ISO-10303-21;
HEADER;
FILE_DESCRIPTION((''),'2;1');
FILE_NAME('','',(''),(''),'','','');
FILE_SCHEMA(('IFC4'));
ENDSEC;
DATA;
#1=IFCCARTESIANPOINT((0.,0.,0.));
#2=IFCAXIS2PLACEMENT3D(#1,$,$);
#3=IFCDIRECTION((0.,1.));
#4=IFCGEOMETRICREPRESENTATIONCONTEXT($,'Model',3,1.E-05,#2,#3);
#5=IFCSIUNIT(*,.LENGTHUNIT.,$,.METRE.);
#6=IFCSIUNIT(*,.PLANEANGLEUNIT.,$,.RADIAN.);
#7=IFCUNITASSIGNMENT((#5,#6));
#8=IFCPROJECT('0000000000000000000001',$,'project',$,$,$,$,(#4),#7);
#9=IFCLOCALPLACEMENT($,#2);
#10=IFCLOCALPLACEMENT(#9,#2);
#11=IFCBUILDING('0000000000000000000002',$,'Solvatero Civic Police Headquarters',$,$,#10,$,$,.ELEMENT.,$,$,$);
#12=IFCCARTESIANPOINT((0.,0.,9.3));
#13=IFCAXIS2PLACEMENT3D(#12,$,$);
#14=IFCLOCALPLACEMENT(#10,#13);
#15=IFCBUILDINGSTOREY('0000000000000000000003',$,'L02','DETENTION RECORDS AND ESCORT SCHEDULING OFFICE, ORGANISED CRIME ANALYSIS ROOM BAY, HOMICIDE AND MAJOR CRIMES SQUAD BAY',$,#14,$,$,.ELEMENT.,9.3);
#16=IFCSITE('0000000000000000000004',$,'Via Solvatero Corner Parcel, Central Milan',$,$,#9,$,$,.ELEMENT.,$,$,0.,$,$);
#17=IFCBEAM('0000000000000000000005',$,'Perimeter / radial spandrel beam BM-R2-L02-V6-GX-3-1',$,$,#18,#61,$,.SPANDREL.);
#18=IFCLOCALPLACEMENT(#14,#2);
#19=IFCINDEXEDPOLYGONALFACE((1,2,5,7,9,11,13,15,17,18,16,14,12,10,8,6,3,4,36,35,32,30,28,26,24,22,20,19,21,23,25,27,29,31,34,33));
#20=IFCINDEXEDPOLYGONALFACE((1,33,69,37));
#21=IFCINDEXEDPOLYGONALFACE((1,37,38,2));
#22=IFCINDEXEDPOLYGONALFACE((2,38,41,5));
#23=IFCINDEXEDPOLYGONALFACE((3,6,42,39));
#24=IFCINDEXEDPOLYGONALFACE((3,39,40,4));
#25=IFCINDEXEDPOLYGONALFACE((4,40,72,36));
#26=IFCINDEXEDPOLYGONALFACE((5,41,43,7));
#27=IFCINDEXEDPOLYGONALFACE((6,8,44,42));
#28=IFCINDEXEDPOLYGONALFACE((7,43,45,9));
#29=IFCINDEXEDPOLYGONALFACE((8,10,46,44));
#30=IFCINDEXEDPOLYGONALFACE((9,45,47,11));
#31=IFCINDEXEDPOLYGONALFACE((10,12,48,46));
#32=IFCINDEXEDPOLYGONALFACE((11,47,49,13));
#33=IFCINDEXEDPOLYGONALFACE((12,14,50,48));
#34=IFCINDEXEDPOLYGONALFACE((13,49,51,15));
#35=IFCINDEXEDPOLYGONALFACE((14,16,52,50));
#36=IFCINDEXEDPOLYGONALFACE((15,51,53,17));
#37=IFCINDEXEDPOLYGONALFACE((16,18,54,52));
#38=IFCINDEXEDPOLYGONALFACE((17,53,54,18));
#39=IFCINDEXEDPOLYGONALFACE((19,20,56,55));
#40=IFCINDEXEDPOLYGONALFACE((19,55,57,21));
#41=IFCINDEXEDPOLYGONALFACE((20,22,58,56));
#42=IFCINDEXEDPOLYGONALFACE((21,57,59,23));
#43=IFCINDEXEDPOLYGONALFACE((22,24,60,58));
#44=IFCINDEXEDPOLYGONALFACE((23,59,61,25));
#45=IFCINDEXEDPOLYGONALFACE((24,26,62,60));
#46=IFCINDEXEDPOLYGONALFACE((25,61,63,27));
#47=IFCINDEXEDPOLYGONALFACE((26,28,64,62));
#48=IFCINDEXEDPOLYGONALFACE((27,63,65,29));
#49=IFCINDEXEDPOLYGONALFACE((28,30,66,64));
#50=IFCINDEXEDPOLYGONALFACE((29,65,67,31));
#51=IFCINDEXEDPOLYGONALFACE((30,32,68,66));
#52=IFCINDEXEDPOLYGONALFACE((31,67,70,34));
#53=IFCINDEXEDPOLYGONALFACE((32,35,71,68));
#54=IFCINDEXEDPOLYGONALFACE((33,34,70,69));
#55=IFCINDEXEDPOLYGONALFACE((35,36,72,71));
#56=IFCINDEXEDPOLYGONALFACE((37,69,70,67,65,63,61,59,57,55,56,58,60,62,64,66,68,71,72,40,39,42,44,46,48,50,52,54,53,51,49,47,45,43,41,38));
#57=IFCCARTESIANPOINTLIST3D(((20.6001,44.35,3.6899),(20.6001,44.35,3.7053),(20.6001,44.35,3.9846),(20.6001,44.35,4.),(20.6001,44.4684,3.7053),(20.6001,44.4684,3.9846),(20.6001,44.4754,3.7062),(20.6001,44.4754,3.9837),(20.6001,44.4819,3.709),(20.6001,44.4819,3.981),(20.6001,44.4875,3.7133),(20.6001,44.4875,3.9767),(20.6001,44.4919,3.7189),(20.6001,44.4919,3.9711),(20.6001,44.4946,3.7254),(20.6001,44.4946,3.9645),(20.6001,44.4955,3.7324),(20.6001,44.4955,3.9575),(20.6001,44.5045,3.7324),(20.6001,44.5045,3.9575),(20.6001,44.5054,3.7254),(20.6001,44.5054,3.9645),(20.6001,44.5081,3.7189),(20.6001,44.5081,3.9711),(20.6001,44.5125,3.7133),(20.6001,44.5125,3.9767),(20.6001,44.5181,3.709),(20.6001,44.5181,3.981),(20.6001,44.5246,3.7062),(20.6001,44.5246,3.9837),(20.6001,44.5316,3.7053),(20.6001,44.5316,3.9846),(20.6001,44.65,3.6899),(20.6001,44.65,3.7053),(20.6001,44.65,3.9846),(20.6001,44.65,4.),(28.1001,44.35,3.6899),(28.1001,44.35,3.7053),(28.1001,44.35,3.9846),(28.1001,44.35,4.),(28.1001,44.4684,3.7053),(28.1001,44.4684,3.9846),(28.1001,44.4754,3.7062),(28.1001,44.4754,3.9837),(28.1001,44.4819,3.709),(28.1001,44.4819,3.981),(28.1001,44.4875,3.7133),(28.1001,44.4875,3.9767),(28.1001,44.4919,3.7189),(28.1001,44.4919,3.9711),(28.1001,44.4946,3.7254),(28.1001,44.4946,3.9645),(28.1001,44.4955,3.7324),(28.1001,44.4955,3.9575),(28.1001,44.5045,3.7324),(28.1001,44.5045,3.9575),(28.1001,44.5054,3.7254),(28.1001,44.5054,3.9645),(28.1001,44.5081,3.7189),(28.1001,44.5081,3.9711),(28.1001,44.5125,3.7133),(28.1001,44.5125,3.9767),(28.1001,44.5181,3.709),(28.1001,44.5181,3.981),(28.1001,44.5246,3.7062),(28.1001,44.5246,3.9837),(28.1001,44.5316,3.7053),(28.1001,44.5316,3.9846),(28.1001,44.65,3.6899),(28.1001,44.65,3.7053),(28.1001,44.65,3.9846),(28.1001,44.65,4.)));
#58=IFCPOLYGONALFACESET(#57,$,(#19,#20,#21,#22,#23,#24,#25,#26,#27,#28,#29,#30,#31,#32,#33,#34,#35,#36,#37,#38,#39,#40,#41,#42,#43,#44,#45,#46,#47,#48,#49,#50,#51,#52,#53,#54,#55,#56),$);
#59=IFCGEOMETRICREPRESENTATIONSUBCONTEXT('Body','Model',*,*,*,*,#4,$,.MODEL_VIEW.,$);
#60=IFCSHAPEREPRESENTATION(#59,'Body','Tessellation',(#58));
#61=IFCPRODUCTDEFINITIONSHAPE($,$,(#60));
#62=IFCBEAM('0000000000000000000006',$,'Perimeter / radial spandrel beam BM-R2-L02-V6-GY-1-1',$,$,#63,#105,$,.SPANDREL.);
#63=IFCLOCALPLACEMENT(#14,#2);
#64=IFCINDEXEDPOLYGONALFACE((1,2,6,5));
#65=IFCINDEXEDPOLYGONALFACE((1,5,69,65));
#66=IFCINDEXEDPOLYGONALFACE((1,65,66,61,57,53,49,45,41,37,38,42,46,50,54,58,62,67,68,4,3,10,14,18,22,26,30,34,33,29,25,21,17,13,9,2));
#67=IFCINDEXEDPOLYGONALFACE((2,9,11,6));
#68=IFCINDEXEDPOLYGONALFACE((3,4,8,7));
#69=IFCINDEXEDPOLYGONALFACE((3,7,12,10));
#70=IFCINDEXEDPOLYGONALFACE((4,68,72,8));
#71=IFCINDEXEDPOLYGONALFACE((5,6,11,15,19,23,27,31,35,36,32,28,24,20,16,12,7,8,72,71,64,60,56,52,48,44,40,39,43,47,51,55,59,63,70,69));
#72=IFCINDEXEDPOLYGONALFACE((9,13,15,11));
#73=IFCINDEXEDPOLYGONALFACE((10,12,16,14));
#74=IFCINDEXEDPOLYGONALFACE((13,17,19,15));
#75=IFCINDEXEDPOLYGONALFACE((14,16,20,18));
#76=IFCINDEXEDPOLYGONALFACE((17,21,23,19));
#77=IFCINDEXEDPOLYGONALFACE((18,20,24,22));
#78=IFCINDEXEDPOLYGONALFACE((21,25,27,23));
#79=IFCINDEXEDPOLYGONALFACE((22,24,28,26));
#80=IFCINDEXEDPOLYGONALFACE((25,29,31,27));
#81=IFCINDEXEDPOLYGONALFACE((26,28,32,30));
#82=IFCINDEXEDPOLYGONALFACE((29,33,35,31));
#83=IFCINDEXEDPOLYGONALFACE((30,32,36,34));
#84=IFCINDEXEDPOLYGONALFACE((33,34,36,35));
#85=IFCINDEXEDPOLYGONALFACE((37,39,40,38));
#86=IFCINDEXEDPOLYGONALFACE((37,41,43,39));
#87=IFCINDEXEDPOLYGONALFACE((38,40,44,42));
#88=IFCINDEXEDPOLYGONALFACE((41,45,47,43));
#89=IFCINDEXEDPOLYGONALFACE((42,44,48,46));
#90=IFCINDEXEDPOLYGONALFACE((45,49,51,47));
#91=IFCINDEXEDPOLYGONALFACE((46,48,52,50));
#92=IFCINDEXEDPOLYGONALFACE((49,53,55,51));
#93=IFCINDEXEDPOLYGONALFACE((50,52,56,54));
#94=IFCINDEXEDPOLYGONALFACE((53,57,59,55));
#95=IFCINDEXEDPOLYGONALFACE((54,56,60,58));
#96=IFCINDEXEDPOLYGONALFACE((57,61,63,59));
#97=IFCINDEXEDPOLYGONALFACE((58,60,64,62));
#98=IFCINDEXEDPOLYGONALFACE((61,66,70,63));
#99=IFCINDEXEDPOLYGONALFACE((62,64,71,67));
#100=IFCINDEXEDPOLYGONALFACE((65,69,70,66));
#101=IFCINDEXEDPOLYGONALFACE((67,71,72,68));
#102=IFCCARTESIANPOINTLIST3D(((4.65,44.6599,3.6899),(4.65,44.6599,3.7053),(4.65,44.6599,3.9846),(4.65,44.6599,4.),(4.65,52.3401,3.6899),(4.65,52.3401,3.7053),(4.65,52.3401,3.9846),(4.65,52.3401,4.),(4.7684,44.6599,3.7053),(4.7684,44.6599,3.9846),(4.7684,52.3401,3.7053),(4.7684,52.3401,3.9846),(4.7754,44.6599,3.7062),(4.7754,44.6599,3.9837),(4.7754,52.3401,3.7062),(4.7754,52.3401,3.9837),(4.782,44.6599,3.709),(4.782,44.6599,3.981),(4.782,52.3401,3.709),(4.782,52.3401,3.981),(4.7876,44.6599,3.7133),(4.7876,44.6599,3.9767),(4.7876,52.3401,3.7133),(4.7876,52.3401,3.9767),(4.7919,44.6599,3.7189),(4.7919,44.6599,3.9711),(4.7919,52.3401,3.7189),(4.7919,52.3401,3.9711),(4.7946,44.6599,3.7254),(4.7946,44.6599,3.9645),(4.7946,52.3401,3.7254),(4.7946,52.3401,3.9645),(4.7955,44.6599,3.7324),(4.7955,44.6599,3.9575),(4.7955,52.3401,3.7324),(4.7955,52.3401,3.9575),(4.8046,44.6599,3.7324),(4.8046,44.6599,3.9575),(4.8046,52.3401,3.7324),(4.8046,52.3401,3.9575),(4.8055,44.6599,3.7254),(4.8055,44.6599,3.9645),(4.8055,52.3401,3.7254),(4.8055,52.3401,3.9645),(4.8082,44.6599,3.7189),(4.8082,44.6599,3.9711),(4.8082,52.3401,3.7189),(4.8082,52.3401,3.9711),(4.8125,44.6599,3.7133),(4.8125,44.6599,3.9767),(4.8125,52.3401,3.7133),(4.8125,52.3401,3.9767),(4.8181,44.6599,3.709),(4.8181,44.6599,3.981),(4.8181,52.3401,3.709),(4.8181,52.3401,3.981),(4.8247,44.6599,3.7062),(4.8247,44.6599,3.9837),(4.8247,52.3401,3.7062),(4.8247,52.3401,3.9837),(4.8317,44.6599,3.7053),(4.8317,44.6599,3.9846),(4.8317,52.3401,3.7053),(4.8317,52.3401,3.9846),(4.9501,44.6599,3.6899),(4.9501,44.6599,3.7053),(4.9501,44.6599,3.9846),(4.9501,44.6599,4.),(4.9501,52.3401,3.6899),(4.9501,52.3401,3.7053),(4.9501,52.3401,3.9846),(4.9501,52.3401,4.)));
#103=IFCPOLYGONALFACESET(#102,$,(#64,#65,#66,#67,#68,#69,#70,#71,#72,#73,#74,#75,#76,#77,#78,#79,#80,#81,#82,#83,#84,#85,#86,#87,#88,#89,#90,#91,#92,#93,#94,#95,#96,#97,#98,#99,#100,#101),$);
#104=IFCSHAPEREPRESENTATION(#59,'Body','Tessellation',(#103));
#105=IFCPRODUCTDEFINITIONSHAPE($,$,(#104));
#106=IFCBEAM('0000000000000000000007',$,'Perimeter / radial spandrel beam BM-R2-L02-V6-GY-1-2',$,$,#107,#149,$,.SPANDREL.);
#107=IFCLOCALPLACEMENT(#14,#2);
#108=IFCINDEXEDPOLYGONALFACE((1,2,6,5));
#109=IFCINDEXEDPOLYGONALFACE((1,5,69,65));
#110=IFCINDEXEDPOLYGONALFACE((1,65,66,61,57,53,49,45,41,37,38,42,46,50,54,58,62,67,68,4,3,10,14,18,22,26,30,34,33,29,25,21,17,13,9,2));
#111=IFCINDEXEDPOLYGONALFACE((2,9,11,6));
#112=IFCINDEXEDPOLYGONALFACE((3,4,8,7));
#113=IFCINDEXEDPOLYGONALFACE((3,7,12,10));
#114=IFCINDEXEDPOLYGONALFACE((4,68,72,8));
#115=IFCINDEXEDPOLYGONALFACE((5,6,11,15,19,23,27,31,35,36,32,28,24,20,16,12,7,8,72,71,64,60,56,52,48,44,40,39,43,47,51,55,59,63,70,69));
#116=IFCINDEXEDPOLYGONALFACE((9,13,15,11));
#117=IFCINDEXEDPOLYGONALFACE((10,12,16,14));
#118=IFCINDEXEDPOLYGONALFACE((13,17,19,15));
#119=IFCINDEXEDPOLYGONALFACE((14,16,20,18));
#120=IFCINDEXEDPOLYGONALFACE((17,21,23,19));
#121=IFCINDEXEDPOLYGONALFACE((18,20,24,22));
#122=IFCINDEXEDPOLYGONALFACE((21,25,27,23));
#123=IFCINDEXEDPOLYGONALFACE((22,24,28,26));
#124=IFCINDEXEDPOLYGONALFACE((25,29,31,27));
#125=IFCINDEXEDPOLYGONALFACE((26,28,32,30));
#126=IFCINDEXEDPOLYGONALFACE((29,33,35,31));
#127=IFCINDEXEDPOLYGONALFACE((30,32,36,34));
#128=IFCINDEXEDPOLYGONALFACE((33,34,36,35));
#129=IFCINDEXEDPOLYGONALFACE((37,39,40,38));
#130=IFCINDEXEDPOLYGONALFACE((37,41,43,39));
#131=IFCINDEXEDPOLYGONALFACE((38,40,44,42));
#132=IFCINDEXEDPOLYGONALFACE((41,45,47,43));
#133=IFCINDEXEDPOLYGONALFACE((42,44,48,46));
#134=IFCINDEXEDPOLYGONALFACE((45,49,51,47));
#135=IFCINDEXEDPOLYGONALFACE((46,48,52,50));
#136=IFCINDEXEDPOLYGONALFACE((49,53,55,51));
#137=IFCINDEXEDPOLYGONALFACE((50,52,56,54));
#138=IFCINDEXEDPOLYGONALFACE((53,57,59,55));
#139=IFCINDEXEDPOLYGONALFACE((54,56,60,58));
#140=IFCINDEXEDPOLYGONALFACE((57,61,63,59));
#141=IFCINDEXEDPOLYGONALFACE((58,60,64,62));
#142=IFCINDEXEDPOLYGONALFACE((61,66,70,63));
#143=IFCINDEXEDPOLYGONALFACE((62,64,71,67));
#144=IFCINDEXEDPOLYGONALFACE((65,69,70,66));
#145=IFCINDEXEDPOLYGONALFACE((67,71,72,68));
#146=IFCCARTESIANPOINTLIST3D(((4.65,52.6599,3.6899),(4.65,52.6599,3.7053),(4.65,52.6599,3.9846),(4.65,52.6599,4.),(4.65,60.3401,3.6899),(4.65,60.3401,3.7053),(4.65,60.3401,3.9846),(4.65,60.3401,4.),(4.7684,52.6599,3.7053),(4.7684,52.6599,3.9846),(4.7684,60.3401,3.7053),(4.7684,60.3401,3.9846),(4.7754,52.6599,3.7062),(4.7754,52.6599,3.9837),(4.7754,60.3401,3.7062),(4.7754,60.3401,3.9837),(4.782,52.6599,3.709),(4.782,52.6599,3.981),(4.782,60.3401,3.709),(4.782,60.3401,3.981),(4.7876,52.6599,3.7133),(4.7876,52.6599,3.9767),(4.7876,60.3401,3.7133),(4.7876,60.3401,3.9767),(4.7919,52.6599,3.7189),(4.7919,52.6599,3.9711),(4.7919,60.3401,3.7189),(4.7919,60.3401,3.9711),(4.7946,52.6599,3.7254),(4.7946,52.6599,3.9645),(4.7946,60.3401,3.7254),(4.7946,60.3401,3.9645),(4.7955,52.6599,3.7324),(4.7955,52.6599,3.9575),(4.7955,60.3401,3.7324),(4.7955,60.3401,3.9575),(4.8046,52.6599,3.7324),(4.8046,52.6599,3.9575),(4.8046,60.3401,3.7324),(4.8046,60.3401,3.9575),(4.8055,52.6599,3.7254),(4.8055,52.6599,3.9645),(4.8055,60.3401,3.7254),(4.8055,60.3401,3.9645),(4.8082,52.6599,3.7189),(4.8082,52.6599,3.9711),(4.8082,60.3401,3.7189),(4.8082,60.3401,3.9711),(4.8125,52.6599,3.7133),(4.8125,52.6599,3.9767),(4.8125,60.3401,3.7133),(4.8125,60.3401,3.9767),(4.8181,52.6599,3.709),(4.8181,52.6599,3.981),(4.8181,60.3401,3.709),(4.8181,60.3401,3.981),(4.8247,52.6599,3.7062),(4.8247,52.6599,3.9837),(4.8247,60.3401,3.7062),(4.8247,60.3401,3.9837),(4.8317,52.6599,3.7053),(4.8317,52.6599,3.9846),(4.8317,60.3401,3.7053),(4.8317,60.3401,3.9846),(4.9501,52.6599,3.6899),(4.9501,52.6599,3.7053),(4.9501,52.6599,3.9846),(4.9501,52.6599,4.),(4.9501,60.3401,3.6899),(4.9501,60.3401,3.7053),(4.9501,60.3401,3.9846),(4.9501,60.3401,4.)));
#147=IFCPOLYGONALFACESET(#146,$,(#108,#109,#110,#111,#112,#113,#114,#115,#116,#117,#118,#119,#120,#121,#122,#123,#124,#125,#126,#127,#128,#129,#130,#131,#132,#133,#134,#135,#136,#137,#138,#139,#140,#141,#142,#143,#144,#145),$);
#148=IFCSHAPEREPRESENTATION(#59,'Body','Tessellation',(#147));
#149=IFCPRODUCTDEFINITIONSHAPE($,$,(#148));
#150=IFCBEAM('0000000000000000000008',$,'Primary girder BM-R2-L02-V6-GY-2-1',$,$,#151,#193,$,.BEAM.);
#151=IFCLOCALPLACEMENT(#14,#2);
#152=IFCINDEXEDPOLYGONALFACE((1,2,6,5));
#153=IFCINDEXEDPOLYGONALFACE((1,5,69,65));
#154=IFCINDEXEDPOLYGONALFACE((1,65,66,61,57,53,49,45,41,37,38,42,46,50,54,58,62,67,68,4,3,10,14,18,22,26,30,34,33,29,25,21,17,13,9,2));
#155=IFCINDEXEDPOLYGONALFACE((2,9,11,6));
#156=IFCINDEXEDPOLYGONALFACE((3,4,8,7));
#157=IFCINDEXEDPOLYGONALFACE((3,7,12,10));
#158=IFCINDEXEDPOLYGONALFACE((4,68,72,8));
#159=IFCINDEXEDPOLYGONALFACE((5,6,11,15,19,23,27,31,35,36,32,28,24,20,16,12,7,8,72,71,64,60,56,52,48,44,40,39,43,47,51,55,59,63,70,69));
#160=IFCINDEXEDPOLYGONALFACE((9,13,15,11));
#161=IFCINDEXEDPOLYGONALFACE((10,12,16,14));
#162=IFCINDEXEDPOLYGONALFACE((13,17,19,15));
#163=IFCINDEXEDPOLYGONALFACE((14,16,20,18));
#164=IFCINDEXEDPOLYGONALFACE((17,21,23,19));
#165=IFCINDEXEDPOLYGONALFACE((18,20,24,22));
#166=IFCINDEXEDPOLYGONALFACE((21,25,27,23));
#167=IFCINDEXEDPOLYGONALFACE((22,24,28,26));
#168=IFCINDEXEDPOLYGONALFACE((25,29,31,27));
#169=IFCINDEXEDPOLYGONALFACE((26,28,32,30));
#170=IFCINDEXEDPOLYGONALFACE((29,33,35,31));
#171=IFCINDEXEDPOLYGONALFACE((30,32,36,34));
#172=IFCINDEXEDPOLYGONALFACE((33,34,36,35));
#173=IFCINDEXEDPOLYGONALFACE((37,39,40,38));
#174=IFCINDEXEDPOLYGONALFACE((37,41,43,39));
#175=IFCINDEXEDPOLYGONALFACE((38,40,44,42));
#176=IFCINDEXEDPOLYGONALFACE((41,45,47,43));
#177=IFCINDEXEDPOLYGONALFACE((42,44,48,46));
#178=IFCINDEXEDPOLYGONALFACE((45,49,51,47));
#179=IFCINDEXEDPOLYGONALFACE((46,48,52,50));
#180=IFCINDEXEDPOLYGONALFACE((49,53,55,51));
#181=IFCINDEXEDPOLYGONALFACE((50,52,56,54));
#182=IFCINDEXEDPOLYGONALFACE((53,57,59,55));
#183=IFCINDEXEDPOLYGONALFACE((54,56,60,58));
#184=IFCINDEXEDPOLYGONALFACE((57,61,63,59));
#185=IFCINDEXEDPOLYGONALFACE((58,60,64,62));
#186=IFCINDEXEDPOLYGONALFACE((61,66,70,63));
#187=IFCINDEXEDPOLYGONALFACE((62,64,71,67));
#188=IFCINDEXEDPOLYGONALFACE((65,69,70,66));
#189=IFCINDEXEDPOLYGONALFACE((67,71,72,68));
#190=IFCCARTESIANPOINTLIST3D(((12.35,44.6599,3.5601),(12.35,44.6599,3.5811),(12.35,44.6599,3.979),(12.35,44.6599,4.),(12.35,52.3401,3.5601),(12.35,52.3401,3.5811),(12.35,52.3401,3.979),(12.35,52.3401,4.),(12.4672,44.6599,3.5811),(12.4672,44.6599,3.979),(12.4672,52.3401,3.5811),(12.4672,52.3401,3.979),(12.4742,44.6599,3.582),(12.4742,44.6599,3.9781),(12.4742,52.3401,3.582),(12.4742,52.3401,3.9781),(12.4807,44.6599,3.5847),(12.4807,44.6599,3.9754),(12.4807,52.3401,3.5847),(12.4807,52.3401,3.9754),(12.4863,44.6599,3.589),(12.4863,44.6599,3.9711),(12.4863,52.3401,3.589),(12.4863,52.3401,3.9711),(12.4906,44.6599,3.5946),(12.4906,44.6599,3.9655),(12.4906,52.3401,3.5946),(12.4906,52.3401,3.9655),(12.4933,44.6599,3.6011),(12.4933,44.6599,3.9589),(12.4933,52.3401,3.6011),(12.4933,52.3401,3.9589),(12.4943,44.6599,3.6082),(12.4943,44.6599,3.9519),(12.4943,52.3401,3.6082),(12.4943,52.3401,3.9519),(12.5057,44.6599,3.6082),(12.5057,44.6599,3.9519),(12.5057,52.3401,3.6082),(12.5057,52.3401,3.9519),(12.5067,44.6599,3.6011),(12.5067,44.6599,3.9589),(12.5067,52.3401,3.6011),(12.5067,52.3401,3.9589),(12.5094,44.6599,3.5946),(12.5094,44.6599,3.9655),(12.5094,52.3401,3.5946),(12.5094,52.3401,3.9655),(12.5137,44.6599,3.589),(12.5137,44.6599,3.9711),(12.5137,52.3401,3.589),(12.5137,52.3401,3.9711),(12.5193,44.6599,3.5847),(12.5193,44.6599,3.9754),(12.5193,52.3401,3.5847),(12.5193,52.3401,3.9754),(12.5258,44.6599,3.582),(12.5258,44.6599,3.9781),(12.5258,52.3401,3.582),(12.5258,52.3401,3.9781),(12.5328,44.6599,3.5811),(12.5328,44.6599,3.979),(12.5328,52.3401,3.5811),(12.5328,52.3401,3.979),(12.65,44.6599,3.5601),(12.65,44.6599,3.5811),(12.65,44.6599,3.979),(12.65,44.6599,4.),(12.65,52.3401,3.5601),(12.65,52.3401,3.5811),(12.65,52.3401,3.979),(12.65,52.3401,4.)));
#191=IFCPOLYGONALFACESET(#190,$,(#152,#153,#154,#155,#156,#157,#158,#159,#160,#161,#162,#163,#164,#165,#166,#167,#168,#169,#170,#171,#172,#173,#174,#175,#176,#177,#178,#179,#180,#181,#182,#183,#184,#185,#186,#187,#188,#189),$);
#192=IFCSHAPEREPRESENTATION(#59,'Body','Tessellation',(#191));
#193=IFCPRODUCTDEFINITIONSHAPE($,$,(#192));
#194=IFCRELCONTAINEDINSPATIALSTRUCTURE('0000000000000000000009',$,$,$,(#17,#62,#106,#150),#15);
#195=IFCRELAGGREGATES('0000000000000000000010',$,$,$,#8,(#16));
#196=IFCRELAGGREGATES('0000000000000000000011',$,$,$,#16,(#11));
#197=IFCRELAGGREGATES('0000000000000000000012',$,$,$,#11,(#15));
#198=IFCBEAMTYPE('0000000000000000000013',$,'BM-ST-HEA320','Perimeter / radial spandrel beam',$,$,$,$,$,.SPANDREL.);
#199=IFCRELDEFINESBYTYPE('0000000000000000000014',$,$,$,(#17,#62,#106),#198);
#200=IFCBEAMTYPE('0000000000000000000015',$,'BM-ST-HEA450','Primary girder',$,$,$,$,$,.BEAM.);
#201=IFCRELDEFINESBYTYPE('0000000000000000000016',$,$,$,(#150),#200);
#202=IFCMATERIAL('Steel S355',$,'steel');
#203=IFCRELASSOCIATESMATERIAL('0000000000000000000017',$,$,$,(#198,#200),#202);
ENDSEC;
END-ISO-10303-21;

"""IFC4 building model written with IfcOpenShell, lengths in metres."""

from ifc_helpers import new_model, si_unit, direction, frame, origin, origin_2d, place, context, subcontext, project, spatial, i_section, extrude, material, material_profile, profile_set, type_object, element, save


model = new_model("IFC4")

# Units and contexts
model_context = context("Model", 3, precision=1e-05, world=origin(), true_north=direction((0.0, 1.0)))
body_context = subcontext(model_context, "Body", "Model", "MODEL_VIEW")
ifc_project = project(units=[si_unit("LENGTHUNIT", "METRE"), si_unit("PLANEANGLEUNIT", "RADIAN")], contexts=[model_context])

# Site, building, storey
site_placement = place(None, origin())
site = spatial("IfcSite", under=ifc_project, at=site_placement, Name="Via Solvatero Corner Parcel, Central Milan", CompositionType="ELEMENT", RefElevation=0.0)
building_placement = place(site_placement, origin())
building = spatial("IfcBuilding", under=site, at=building_placement, Name="Solvatero Civic Police Headquarters", CompositionType="ELEMENT")
storey_placement = place(building_placement, frame((0.0, 0.0, 9.3)))
storey = spatial("IfcBuildingStorey", under=building, at=storey_placement, Name="L02", Description="DETENTION RECORDS AND ESCORT SCHEDULING OFFICE, ORGANISED CRIME ANALYSIS ROOM BAY, HOMICIDE AND MAJOR CRIMES SQUAD BAY", CompositionType="ELEMENT", Elevation=9.3)

# Shared definitions
ifc_material_1 = material(Name="Steel S355", Category="steel")

# Beams
ifc_material_profile_1 = material_profile(ifc_material_1, i_section(OverallWidth=0.3, OverallDepth=0.3101, WebThickness=0.009, FlangeThickness=0.0154, FilletRadius=0.0271, at=origin_2d()), Name="HEA 320")
ifc_profile_set_1 = profile_set([ifc_material_profile_1], Name="Steel S355")
beam_type_1 = type_object("IfcBeamType", Name="BM-ST-HEA320", Description="Perimeter / radial spandrel beam", PredefinedType="SPANDREL", material=ifc_profile_set_1)
beam_1_placement = place(storey_placement, frame((20.6001, 44.5, 3.845), z_axis=(1.0, 0.0, 0.0), x_axis=(0.0, 1.0, 0.0)))
element("IfcBeam", 1, at=beam_1_placement, inside=storey, type_object=beam_type_1, Name="Perimeter / radial spandrel beam BM-R2-L02-V6-GX-3-1", PredefinedType="SPANDREL", context=body_context, shape_type="SweptSolid", body=[
    extrude(i_section(OverallWidth=0.3, OverallDepth=0.3101, WebThickness=0.009, FlangeThickness=0.0154, FilletRadius=0.0271, at=origin_2d()), origin(), (0.0, 0.0, 1.0), 7.5),
])
for number, where, z_axis, x_axis, name in (
    (2, (4.8, 44.6599, 3.845), (0.0, 1.0, 0.0), (-1.0, 0.0, 0.0), "Perimeter / radial spandrel beam BM-R2-L02-V6-GY-1-1"),
    (3, (4.8, 52.6599, 3.845), (0.0, 1.0, 0.0), (-1.0, 0.0, 0.0), "Perimeter / radial spandrel beam BM-R2-L02-V6-GY-1-2"),
):
    element("IfcBeam", number, at=place(storey_placement, frame(where, z_axis=z_axis, x_axis=x_axis)), inside=storey, type_object=beam_type_1, Name=name, PredefinedType="SPANDREL", context=body_context, shape_type="SweptSolid", body=[
        extrude(i_section(OverallWidth=0.3, OverallDepth=0.3101, WebThickness=0.009, FlangeThickness=0.0154, FilletRadius=0.0271, at=origin_2d()), origin(), (0.0, 0.0, 1.0), 7.6802),
    ])
ifc_material_profile_2 = material_profile(ifc_material_1, i_section(OverallWidth=0.3, OverallDepth=0.4399, WebThickness=0.0115, FlangeThickness=0.021, FilletRadius=0.0271, at=origin_2d()), Name="HEA 450")
ifc_profile_set_2 = profile_set([ifc_material_profile_2], Name="Steel S355")
beam_type_2 = type_object("IfcBeamType", Name="BM-ST-HEA450", Description="Primary girder", PredefinedType="BEAM", material=ifc_profile_set_2)
for number, where, z_axis, x_axis, name in (
    (4, (12.5, 44.6599, 3.78), (0.0, 1.0, 0.0), (-1.0, 0.0, 0.0), "Primary girder BM-R2-L02-V6-GY-2-1"),
):
    element("IfcBeam", number, at=place(storey_placement, frame(where, z_axis=z_axis, x_axis=x_axis)), inside=storey, type_object=beam_type_2, Name=name, PredefinedType="BEAM", context=body_context, shape_type="SweptSolid", body=[
        extrude(i_section(OverallWidth=0.3, OverallDepth=0.4399, WebThickness=0.0115, FlangeThickness=0.021, FilletRadius=0.0271, at=origin_2d()), origin(), (0.0, 0.0, 1.0), 7.6802),
    ])

save(model, "model.ifc")
